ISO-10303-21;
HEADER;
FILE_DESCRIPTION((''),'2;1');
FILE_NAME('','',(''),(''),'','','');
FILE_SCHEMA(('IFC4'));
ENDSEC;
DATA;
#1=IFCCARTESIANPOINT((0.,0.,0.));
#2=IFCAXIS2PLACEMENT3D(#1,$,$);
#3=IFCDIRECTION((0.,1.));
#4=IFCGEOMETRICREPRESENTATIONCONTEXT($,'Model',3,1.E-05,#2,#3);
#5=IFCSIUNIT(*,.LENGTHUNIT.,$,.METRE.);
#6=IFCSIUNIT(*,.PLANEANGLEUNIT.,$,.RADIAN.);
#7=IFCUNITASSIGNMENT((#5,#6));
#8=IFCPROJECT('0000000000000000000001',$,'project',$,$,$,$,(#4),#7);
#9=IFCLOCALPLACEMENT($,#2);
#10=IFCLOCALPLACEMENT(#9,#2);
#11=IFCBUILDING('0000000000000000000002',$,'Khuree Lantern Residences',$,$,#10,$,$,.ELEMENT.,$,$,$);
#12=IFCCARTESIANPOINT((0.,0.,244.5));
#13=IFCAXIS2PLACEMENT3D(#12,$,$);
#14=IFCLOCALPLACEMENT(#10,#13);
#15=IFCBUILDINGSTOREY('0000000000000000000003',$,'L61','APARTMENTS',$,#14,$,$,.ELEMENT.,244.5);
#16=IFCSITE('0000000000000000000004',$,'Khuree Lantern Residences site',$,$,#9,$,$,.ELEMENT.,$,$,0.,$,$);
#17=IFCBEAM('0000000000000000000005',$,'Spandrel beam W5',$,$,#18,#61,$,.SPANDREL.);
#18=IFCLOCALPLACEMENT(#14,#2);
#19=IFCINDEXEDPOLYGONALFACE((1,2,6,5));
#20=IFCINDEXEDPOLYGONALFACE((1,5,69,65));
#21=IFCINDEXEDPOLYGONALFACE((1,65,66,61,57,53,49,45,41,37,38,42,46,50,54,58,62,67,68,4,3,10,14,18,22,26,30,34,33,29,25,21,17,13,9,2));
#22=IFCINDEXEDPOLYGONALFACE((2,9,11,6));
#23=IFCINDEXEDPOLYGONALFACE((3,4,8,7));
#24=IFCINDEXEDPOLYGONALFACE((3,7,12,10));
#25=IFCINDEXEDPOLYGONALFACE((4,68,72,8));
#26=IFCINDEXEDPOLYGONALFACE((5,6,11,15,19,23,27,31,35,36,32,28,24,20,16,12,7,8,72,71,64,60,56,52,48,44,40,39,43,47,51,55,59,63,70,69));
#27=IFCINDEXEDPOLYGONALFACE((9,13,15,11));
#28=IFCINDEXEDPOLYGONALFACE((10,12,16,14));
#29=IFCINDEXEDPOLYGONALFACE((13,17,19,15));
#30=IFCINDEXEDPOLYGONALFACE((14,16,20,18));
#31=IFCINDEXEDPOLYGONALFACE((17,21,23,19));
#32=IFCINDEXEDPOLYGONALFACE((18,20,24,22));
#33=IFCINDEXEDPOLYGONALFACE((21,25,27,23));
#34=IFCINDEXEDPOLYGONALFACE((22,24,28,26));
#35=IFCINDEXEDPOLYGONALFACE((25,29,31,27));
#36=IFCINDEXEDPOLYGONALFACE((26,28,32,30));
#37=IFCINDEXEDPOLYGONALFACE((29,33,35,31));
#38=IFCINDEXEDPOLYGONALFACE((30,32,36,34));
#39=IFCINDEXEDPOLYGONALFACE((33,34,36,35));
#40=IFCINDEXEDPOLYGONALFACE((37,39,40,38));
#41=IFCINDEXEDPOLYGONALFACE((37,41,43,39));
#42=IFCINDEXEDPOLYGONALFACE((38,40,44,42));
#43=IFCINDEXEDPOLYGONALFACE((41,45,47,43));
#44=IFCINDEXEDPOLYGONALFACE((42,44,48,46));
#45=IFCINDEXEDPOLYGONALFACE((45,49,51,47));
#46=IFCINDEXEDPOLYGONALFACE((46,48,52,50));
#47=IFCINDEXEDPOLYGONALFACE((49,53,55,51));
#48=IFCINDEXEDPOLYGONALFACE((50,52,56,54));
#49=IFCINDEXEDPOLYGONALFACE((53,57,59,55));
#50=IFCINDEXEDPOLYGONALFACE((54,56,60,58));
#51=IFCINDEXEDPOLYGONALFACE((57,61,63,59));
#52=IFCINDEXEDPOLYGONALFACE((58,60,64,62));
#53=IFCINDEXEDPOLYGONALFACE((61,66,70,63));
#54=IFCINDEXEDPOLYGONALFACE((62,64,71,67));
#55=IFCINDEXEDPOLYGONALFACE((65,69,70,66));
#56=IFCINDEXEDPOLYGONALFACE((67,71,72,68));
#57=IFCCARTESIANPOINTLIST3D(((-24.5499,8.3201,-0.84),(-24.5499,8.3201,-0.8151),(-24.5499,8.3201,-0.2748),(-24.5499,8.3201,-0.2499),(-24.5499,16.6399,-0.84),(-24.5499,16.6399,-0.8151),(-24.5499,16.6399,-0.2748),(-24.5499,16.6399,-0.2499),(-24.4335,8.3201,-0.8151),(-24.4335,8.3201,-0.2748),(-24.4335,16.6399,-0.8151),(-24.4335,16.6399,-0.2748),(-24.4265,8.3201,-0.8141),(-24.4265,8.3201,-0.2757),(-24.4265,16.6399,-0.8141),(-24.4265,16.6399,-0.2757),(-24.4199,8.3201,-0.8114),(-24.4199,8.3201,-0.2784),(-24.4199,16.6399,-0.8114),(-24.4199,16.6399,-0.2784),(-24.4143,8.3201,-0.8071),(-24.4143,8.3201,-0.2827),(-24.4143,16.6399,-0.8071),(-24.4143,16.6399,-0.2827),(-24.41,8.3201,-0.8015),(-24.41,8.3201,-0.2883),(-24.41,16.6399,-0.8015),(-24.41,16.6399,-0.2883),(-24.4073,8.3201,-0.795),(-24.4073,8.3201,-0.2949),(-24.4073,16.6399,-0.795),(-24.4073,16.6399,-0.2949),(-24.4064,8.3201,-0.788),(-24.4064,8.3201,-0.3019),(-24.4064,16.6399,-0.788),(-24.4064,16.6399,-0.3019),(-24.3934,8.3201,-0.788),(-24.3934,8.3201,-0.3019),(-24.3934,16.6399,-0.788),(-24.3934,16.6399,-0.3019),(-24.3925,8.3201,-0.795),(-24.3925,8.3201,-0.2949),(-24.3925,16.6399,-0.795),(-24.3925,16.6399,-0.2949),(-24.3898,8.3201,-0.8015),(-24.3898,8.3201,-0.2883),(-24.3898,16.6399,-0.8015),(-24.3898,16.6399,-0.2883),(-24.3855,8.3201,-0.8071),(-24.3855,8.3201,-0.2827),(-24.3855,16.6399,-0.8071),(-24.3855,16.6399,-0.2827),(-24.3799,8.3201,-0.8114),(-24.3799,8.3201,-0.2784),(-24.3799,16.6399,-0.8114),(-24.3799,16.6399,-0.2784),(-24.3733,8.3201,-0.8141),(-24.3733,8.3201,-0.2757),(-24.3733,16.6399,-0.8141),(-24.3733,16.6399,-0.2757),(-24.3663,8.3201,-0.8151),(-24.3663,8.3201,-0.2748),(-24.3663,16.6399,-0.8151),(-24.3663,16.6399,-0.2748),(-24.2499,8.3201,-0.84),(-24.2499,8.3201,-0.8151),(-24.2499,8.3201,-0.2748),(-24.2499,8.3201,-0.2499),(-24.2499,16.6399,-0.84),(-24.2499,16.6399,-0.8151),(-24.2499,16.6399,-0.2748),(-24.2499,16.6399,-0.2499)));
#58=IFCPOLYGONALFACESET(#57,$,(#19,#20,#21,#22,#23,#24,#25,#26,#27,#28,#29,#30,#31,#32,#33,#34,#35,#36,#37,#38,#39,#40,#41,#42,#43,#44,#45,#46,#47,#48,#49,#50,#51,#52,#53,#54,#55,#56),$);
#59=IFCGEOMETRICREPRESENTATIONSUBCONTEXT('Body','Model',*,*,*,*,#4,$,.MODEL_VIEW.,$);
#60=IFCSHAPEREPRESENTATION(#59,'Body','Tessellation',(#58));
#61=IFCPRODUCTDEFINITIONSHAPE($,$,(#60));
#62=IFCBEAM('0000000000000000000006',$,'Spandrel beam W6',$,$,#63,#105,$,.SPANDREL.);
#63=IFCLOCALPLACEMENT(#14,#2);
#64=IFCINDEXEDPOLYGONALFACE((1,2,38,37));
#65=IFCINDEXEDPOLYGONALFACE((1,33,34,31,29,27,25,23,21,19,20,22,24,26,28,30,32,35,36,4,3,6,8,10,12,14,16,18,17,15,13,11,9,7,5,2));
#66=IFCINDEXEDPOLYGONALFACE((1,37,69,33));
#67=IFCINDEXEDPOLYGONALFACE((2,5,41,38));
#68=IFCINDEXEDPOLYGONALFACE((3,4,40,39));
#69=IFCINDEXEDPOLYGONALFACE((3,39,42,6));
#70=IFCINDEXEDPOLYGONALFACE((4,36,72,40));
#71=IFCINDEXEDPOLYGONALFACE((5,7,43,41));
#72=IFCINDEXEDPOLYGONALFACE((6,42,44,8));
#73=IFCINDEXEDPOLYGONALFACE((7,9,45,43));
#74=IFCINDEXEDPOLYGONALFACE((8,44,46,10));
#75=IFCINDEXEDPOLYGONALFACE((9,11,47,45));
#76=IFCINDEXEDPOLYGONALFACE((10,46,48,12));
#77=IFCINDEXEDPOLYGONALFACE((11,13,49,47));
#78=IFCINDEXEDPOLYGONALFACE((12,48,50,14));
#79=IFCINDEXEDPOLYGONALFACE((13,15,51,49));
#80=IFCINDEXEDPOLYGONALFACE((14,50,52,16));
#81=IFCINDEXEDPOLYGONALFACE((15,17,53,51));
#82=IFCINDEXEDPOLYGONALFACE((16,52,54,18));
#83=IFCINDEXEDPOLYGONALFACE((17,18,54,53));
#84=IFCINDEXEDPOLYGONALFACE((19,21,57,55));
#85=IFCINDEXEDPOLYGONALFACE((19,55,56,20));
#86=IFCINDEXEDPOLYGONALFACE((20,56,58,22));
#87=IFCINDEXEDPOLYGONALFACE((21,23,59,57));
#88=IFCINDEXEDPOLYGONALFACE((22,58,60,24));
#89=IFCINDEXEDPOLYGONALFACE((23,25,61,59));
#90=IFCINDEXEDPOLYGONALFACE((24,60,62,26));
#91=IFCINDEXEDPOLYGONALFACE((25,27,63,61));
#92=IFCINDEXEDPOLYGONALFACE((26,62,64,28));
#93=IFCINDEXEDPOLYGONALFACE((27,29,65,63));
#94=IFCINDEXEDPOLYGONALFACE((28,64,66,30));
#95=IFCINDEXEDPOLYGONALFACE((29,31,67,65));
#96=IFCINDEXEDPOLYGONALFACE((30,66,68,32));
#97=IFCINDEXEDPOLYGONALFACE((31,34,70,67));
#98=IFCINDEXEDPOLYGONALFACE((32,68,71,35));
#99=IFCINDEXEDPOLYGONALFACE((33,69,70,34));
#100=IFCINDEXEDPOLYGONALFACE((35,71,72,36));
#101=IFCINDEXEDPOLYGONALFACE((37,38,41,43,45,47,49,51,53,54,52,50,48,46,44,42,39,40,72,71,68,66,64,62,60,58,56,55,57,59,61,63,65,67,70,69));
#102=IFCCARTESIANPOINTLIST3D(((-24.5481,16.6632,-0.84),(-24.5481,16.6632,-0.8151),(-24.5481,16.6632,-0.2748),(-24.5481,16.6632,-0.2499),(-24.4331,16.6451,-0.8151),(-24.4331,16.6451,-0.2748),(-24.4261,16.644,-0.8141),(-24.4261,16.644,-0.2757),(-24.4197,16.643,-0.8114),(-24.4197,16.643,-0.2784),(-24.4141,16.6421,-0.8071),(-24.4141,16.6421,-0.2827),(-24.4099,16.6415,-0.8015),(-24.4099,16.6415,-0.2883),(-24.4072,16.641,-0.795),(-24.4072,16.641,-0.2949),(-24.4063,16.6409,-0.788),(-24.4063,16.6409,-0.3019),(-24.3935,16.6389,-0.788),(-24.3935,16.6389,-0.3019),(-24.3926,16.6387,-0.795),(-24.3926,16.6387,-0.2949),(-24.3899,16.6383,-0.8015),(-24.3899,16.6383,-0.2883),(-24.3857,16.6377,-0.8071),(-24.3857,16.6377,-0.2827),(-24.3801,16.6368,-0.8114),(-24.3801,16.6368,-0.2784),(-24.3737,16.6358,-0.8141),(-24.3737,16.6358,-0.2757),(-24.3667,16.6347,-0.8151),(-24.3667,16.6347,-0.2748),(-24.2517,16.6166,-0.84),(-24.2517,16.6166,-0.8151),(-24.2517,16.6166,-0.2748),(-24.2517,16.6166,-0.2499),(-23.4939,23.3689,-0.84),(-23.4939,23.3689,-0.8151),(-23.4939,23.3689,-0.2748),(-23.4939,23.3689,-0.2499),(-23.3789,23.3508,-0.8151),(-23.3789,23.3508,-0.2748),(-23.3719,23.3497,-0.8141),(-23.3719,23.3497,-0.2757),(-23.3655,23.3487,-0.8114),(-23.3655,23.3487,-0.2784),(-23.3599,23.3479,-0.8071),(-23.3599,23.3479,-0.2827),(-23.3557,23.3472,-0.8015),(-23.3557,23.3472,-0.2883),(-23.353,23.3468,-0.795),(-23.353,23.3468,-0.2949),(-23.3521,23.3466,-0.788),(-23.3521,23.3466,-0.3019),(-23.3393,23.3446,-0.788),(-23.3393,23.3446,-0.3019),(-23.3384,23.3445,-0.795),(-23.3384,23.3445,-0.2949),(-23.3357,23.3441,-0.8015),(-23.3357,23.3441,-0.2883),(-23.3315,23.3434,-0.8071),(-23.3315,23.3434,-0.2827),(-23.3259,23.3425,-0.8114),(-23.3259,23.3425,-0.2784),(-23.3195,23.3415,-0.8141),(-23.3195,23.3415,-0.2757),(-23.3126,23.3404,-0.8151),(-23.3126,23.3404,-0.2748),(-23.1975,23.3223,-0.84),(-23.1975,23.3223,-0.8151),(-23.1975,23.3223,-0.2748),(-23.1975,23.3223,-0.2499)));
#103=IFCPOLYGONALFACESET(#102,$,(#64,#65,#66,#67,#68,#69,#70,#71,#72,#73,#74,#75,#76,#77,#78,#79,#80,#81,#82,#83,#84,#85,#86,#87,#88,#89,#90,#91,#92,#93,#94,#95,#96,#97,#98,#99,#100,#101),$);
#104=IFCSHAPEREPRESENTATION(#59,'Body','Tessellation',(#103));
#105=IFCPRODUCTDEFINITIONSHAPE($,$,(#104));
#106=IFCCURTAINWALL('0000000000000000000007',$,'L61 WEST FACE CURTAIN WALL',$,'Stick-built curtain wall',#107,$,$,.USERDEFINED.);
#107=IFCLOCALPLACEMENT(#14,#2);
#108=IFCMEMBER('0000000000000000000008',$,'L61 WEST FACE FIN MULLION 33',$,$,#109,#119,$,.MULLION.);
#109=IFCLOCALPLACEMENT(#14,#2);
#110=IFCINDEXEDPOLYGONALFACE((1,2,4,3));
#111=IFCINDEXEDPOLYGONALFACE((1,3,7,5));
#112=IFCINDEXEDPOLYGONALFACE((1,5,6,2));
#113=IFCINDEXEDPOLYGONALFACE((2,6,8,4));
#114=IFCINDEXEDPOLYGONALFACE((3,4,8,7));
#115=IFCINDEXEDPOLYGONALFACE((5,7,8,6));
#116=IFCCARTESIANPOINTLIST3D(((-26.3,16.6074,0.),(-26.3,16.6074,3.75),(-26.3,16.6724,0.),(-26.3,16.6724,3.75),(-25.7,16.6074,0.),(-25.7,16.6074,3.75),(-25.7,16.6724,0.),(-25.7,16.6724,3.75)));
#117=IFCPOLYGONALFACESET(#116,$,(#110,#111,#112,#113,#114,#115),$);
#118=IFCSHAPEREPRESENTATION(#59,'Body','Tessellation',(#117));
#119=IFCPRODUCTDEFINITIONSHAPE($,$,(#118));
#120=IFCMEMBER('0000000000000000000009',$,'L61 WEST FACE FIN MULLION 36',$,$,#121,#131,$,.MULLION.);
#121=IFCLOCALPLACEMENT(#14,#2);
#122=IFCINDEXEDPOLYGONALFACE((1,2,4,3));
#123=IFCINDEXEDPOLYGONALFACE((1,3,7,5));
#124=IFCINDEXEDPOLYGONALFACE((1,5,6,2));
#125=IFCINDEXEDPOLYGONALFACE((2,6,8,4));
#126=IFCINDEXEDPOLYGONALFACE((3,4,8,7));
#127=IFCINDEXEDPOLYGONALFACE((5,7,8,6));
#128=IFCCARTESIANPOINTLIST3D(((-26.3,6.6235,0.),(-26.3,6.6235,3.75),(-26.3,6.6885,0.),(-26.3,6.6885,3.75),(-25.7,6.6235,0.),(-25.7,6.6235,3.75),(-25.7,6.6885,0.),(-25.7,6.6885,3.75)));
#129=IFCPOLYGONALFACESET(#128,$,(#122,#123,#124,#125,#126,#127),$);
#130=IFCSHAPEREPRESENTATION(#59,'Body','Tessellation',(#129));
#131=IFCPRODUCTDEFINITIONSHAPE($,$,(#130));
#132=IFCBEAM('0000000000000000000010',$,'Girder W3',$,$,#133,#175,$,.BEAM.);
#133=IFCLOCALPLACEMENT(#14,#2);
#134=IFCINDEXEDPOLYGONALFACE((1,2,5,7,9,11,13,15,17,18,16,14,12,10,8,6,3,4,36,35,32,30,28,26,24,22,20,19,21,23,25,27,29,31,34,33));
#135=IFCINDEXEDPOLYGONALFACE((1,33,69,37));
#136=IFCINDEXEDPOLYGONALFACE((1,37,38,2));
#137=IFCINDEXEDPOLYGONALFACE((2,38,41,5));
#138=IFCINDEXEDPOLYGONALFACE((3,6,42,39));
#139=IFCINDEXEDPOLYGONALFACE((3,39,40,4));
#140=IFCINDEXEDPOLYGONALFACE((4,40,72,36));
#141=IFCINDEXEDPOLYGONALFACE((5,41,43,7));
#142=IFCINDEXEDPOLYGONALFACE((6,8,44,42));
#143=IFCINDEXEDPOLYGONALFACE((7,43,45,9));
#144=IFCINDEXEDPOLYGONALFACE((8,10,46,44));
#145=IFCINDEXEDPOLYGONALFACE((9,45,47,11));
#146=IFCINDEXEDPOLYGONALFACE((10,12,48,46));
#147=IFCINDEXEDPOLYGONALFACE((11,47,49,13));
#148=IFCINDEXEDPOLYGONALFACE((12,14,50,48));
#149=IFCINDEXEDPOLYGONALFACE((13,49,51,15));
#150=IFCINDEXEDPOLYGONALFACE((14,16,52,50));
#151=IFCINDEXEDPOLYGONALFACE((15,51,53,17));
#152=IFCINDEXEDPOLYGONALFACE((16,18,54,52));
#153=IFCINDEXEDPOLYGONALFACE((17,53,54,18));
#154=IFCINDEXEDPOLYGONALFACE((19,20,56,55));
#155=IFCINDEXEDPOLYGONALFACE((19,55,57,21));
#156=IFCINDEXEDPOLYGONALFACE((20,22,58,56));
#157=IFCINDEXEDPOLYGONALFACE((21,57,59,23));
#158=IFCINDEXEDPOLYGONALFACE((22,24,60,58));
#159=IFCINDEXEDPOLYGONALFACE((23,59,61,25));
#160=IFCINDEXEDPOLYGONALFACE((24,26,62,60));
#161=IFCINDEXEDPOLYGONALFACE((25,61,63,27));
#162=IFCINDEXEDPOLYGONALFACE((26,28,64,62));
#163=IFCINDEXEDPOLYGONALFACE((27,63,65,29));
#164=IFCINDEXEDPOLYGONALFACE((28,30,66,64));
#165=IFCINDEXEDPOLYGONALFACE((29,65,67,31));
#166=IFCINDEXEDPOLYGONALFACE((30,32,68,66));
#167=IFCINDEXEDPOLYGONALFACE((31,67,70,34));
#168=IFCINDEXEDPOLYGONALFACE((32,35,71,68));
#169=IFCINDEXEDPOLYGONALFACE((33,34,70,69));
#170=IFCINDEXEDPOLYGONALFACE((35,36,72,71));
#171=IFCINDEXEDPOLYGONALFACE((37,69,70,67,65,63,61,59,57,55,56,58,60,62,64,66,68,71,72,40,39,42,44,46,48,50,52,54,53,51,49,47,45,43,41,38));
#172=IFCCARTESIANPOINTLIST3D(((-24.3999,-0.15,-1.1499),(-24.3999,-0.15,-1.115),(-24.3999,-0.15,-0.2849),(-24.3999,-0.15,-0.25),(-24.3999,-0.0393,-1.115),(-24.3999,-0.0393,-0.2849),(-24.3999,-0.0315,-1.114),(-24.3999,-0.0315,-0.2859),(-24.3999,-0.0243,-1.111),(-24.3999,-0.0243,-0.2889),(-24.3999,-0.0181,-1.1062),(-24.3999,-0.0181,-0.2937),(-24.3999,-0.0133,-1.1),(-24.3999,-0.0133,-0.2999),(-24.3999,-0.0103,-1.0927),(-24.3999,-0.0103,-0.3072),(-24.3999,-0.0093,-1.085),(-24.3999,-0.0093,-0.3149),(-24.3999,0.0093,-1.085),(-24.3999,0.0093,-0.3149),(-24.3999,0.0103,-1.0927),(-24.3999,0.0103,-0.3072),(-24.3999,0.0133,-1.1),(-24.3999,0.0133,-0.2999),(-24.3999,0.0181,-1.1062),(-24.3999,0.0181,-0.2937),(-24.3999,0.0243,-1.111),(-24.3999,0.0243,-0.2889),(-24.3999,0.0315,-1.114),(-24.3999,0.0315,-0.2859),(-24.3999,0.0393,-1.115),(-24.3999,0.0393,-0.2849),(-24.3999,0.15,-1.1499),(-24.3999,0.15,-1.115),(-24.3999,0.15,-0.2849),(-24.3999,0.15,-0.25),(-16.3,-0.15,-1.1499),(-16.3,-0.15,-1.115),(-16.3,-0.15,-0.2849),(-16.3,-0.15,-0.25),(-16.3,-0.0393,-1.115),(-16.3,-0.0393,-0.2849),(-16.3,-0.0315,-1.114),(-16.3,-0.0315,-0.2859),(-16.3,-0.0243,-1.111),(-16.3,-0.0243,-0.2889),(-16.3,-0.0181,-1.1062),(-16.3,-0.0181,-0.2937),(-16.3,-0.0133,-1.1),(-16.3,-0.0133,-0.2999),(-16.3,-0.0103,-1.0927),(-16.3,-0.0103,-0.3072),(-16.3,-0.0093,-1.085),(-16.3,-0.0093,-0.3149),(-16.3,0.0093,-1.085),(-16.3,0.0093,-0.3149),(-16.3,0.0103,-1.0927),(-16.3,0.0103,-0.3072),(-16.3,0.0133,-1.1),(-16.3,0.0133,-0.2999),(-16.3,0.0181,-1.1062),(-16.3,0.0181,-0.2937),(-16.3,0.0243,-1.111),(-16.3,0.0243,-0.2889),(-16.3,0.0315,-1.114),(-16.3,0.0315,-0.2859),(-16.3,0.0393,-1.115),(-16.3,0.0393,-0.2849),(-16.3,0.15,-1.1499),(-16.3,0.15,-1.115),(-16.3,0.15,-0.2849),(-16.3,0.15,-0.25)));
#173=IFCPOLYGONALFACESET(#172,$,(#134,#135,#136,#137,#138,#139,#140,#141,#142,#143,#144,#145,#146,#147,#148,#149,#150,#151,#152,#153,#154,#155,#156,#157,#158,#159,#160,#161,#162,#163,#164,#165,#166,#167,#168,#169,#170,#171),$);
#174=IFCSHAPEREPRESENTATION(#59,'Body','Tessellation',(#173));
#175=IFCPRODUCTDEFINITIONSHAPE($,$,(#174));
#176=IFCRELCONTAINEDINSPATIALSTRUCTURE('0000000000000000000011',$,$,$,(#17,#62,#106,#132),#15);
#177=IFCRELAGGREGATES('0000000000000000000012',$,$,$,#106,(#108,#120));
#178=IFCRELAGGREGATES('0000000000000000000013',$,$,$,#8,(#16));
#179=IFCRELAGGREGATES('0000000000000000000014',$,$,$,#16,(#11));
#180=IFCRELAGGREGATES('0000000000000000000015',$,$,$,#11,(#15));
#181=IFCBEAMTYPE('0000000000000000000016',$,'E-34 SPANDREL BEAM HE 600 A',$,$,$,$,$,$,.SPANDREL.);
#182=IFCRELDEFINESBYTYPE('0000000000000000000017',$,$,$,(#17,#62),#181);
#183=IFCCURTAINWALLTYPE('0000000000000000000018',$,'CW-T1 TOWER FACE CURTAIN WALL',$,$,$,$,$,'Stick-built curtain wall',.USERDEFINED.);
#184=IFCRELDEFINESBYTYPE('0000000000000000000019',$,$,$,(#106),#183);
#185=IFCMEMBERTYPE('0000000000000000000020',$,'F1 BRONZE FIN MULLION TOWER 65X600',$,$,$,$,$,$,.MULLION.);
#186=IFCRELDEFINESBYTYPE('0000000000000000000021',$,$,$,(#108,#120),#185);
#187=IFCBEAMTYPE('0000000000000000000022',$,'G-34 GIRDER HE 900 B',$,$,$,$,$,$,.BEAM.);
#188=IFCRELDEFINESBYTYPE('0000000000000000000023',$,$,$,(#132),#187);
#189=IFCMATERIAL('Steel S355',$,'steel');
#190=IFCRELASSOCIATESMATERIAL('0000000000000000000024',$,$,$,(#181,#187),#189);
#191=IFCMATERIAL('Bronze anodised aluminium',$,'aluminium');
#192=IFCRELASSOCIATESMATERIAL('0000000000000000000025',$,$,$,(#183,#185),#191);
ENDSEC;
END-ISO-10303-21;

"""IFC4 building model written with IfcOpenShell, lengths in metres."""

from ifc_helpers import new_model, si_unit, direction, frame, origin, origin_2d, place, context, subcontext, project, spatial, rectangle, i_section, extrude, material, material_profile, profile_set, type_object, element, aggregate, save


model = new_model("IFC4")

# Units and contexts
model_context = context("Model", 3, precision=1e-05, world=origin(), true_north=direction((0.0, 1.0)))
body_context = subcontext(model_context, "Body", "Model", "MODEL_VIEW")
ifc_project = project(units=[si_unit("LENGTHUNIT", "METRE"), si_unit("PLANEANGLEUNIT", "RADIAN")], contexts=[model_context])

# Site, building, storey
site_placement = place(None, origin())
site = spatial("IfcSite", under=ifc_project, at=site_placement, Name="Khuree Lantern Residences site", CompositionType="ELEMENT", RefElevation=0.0)
building_placement = place(site_placement, origin())
building = spatial("IfcBuilding", under=site, at=building_placement, Name="Khuree Lantern Residences", CompositionType="ELEMENT")
storey_placement = place(building_placement, frame((0.0, 0.0, 244.5)))
storey = spatial("IfcBuildingStorey", under=building, at=storey_placement, Name="L61", Description="APARTMENTS", CompositionType="ELEMENT", Elevation=244.5)

# Beams
ifc_material_1 = material(Name="Steel S355", Category="steel")
ifc_material_profile_1 = material_profile(ifc_material_1, i_section(OverallWidth=0.3, OverallDepth=0.5901, WebThickness=0.0129, FlangeThickness=0.0249, FilletRadius=0.0271, at=origin_2d()), Name="HE 600 A")
ifc_profile_set_1 = profile_set([ifc_material_profile_1], Name="Steel S355")
beam_type_1 = type_object("IfcBeamType", Name="E-34 SPANDREL BEAM HE 600 A", PredefinedType="SPANDREL", material=ifc_profile_set_1)
beam_1_placement = place(storey_placement, frame((-24.3999, 8.3201, -0.5449), z_axis=(0.0, 1.0, 0.0), x_axis=(-1.0, 0.0, 0.0)))
element("IfcBeam", 1, at=beam_1_placement, inside=storey, type_object=beam_type_1, Name="Spandrel beam W5", PredefinedType="SPANDREL", context=body_context, shape_type="SweptSolid", body=[
    extrude(i_section(OverallWidth=0.3, OverallDepth=0.5901, WebThickness=0.0129, FlangeThickness=0.0249, FilletRadius=0.0271, at=origin_2d()), origin(), (0.0, 0.0, 1.0), 8.3198),
])
beam_2_placement = place(storey_placement, frame((-24.3999, 16.6399, -0.5449), z_axis=(0.1553, 0.987867, 0.0), x_axis=(-0.987867, 0.1553, 0.0)))
element("IfcBeam", 2, at=beam_2_placement, inside=storey, type_object=beam_type_1, Name="Spandrel beam W6", PredefinedType="SPANDREL", context=body_context, shape_type="SweptSolid", body=[
    extrude(i_section(OverallWidth=0.3, OverallDepth=0.5901, WebThickness=0.0129, FlangeThickness=0.0249, FilletRadius=0.0271, at=origin_2d()), origin(), (0.0, 0.0, 1.0), 6.7881),
])

# Curtain wall, members
ifc_material_2 = material(Name="Bronze anodised aluminium", Category="aluminium")
curtain_wall_type = type_object("IfcCurtainWallType", Name="CW-T1 TOWER FACE CURTAIN WALL", ElementType="Stick-built curtain wall", PredefinedType="USERDEFINED", material=ifc_material_2)
curtain_wall_placement = place(storey_placement, origin())
curtain_wall = element("IfcCurtainWall", 3, at=curtain_wall_placement, inside=storey, type_object=curtain_wall_type, Name="L61 WEST FACE CURTAIN WALL", ObjectType="Stick-built curtain wall", PredefinedType="USERDEFINED")
ifc_material_profile_2 = material_profile(ifc_material_2, rectangle(XDim=0.0649, YDim=0.6001, at=origin_2d()), Name="F1 65X600")
ifc_profile_set_2 = profile_set([ifc_material_profile_2], Name="Bronze anodised aluminium")
member_type_1 = type_object("IfcMemberType", Name="F1 BRONZE FIN MULLION TOWER 65X600", PredefinedType="MULLION", material=ifc_profile_set_2)
member_1_placement = place(storey_placement, frame((-26.0, 16.6399, 0.0), z_axis=(0.0, 0.0, 1.0), x_axis=(0.0, -1.0, 0.0)))
member_1 = element("IfcMember", 4, at=member_1_placement, type_object=member_type_1, Name="L61 WEST FACE FIN MULLION 33", PredefinedType="MULLION", context=body_context, shape_type="SweptSolid", body=[
    extrude(rectangle(XDim=0.0649, YDim=0.6001, at=origin_2d()), origin(), (0.0, 0.0, 1.0), 3.75),
])
member_2_placement = place(storey_placement, frame((-26.0, 6.656, 0.0), z_axis=(0.0, 0.0, 1.0), x_axis=(0.0, -1.0, 0.0)))
member_2 = element("IfcMember", 5, at=member_2_placement, type_object=member_type_1, Name="L61 WEST FACE FIN MULLION 36", PredefinedType="MULLION", context=body_context, shape_type="SweptSolid", body=[
    extrude(rectangle(XDim=0.0649, YDim=0.6001, at=origin_2d()), origin(), (0.0, 0.0, 1.0), 3.75),
])

# Beam
ifc_material_profile_3 = material_profile(ifc_material_1, i_section(OverallWidth=0.3, OverallDepth=0.8999, WebThickness=0.0186, FlangeThickness=0.0349, FilletRadius=0.03, at=origin_2d()), Name="HE 900 B")
ifc_profile_set_3 = profile_set([ifc_material_profile_3], Name="Steel S355")
beam_type_2 = type_object("IfcBeamType", Name="G-34 GIRDER HE 900 B", PredefinedType="BEAM", material=ifc_profile_set_3)
for number, where, z_axis, x_axis, name in (
    (6, (-24.3999, 0.0, -0.7), (1.0, 0.0, 0.0), (0.0, 1.0, 0.0), "Girder W3"),
):
    element("IfcBeam", number, at=place(storey_placement, frame(where, z_axis=z_axis, x_axis=x_axis)), inside=storey, type_object=beam_type_2, Name=name, PredefinedType="BEAM", context=body_context, shape_type="SweptSolid", body=[
        extrude(i_section(OverallWidth=0.3, OverallDepth=0.8999, WebThickness=0.0186, FlangeThickness=0.0349, FilletRadius=0.03, at=origin_2d()), origin(), (0.0, 0.0, 1.0), 8.0999),
    ])

aggregate(curtain_wall, [member_1, member_2])

save(model, "model.ifc")
